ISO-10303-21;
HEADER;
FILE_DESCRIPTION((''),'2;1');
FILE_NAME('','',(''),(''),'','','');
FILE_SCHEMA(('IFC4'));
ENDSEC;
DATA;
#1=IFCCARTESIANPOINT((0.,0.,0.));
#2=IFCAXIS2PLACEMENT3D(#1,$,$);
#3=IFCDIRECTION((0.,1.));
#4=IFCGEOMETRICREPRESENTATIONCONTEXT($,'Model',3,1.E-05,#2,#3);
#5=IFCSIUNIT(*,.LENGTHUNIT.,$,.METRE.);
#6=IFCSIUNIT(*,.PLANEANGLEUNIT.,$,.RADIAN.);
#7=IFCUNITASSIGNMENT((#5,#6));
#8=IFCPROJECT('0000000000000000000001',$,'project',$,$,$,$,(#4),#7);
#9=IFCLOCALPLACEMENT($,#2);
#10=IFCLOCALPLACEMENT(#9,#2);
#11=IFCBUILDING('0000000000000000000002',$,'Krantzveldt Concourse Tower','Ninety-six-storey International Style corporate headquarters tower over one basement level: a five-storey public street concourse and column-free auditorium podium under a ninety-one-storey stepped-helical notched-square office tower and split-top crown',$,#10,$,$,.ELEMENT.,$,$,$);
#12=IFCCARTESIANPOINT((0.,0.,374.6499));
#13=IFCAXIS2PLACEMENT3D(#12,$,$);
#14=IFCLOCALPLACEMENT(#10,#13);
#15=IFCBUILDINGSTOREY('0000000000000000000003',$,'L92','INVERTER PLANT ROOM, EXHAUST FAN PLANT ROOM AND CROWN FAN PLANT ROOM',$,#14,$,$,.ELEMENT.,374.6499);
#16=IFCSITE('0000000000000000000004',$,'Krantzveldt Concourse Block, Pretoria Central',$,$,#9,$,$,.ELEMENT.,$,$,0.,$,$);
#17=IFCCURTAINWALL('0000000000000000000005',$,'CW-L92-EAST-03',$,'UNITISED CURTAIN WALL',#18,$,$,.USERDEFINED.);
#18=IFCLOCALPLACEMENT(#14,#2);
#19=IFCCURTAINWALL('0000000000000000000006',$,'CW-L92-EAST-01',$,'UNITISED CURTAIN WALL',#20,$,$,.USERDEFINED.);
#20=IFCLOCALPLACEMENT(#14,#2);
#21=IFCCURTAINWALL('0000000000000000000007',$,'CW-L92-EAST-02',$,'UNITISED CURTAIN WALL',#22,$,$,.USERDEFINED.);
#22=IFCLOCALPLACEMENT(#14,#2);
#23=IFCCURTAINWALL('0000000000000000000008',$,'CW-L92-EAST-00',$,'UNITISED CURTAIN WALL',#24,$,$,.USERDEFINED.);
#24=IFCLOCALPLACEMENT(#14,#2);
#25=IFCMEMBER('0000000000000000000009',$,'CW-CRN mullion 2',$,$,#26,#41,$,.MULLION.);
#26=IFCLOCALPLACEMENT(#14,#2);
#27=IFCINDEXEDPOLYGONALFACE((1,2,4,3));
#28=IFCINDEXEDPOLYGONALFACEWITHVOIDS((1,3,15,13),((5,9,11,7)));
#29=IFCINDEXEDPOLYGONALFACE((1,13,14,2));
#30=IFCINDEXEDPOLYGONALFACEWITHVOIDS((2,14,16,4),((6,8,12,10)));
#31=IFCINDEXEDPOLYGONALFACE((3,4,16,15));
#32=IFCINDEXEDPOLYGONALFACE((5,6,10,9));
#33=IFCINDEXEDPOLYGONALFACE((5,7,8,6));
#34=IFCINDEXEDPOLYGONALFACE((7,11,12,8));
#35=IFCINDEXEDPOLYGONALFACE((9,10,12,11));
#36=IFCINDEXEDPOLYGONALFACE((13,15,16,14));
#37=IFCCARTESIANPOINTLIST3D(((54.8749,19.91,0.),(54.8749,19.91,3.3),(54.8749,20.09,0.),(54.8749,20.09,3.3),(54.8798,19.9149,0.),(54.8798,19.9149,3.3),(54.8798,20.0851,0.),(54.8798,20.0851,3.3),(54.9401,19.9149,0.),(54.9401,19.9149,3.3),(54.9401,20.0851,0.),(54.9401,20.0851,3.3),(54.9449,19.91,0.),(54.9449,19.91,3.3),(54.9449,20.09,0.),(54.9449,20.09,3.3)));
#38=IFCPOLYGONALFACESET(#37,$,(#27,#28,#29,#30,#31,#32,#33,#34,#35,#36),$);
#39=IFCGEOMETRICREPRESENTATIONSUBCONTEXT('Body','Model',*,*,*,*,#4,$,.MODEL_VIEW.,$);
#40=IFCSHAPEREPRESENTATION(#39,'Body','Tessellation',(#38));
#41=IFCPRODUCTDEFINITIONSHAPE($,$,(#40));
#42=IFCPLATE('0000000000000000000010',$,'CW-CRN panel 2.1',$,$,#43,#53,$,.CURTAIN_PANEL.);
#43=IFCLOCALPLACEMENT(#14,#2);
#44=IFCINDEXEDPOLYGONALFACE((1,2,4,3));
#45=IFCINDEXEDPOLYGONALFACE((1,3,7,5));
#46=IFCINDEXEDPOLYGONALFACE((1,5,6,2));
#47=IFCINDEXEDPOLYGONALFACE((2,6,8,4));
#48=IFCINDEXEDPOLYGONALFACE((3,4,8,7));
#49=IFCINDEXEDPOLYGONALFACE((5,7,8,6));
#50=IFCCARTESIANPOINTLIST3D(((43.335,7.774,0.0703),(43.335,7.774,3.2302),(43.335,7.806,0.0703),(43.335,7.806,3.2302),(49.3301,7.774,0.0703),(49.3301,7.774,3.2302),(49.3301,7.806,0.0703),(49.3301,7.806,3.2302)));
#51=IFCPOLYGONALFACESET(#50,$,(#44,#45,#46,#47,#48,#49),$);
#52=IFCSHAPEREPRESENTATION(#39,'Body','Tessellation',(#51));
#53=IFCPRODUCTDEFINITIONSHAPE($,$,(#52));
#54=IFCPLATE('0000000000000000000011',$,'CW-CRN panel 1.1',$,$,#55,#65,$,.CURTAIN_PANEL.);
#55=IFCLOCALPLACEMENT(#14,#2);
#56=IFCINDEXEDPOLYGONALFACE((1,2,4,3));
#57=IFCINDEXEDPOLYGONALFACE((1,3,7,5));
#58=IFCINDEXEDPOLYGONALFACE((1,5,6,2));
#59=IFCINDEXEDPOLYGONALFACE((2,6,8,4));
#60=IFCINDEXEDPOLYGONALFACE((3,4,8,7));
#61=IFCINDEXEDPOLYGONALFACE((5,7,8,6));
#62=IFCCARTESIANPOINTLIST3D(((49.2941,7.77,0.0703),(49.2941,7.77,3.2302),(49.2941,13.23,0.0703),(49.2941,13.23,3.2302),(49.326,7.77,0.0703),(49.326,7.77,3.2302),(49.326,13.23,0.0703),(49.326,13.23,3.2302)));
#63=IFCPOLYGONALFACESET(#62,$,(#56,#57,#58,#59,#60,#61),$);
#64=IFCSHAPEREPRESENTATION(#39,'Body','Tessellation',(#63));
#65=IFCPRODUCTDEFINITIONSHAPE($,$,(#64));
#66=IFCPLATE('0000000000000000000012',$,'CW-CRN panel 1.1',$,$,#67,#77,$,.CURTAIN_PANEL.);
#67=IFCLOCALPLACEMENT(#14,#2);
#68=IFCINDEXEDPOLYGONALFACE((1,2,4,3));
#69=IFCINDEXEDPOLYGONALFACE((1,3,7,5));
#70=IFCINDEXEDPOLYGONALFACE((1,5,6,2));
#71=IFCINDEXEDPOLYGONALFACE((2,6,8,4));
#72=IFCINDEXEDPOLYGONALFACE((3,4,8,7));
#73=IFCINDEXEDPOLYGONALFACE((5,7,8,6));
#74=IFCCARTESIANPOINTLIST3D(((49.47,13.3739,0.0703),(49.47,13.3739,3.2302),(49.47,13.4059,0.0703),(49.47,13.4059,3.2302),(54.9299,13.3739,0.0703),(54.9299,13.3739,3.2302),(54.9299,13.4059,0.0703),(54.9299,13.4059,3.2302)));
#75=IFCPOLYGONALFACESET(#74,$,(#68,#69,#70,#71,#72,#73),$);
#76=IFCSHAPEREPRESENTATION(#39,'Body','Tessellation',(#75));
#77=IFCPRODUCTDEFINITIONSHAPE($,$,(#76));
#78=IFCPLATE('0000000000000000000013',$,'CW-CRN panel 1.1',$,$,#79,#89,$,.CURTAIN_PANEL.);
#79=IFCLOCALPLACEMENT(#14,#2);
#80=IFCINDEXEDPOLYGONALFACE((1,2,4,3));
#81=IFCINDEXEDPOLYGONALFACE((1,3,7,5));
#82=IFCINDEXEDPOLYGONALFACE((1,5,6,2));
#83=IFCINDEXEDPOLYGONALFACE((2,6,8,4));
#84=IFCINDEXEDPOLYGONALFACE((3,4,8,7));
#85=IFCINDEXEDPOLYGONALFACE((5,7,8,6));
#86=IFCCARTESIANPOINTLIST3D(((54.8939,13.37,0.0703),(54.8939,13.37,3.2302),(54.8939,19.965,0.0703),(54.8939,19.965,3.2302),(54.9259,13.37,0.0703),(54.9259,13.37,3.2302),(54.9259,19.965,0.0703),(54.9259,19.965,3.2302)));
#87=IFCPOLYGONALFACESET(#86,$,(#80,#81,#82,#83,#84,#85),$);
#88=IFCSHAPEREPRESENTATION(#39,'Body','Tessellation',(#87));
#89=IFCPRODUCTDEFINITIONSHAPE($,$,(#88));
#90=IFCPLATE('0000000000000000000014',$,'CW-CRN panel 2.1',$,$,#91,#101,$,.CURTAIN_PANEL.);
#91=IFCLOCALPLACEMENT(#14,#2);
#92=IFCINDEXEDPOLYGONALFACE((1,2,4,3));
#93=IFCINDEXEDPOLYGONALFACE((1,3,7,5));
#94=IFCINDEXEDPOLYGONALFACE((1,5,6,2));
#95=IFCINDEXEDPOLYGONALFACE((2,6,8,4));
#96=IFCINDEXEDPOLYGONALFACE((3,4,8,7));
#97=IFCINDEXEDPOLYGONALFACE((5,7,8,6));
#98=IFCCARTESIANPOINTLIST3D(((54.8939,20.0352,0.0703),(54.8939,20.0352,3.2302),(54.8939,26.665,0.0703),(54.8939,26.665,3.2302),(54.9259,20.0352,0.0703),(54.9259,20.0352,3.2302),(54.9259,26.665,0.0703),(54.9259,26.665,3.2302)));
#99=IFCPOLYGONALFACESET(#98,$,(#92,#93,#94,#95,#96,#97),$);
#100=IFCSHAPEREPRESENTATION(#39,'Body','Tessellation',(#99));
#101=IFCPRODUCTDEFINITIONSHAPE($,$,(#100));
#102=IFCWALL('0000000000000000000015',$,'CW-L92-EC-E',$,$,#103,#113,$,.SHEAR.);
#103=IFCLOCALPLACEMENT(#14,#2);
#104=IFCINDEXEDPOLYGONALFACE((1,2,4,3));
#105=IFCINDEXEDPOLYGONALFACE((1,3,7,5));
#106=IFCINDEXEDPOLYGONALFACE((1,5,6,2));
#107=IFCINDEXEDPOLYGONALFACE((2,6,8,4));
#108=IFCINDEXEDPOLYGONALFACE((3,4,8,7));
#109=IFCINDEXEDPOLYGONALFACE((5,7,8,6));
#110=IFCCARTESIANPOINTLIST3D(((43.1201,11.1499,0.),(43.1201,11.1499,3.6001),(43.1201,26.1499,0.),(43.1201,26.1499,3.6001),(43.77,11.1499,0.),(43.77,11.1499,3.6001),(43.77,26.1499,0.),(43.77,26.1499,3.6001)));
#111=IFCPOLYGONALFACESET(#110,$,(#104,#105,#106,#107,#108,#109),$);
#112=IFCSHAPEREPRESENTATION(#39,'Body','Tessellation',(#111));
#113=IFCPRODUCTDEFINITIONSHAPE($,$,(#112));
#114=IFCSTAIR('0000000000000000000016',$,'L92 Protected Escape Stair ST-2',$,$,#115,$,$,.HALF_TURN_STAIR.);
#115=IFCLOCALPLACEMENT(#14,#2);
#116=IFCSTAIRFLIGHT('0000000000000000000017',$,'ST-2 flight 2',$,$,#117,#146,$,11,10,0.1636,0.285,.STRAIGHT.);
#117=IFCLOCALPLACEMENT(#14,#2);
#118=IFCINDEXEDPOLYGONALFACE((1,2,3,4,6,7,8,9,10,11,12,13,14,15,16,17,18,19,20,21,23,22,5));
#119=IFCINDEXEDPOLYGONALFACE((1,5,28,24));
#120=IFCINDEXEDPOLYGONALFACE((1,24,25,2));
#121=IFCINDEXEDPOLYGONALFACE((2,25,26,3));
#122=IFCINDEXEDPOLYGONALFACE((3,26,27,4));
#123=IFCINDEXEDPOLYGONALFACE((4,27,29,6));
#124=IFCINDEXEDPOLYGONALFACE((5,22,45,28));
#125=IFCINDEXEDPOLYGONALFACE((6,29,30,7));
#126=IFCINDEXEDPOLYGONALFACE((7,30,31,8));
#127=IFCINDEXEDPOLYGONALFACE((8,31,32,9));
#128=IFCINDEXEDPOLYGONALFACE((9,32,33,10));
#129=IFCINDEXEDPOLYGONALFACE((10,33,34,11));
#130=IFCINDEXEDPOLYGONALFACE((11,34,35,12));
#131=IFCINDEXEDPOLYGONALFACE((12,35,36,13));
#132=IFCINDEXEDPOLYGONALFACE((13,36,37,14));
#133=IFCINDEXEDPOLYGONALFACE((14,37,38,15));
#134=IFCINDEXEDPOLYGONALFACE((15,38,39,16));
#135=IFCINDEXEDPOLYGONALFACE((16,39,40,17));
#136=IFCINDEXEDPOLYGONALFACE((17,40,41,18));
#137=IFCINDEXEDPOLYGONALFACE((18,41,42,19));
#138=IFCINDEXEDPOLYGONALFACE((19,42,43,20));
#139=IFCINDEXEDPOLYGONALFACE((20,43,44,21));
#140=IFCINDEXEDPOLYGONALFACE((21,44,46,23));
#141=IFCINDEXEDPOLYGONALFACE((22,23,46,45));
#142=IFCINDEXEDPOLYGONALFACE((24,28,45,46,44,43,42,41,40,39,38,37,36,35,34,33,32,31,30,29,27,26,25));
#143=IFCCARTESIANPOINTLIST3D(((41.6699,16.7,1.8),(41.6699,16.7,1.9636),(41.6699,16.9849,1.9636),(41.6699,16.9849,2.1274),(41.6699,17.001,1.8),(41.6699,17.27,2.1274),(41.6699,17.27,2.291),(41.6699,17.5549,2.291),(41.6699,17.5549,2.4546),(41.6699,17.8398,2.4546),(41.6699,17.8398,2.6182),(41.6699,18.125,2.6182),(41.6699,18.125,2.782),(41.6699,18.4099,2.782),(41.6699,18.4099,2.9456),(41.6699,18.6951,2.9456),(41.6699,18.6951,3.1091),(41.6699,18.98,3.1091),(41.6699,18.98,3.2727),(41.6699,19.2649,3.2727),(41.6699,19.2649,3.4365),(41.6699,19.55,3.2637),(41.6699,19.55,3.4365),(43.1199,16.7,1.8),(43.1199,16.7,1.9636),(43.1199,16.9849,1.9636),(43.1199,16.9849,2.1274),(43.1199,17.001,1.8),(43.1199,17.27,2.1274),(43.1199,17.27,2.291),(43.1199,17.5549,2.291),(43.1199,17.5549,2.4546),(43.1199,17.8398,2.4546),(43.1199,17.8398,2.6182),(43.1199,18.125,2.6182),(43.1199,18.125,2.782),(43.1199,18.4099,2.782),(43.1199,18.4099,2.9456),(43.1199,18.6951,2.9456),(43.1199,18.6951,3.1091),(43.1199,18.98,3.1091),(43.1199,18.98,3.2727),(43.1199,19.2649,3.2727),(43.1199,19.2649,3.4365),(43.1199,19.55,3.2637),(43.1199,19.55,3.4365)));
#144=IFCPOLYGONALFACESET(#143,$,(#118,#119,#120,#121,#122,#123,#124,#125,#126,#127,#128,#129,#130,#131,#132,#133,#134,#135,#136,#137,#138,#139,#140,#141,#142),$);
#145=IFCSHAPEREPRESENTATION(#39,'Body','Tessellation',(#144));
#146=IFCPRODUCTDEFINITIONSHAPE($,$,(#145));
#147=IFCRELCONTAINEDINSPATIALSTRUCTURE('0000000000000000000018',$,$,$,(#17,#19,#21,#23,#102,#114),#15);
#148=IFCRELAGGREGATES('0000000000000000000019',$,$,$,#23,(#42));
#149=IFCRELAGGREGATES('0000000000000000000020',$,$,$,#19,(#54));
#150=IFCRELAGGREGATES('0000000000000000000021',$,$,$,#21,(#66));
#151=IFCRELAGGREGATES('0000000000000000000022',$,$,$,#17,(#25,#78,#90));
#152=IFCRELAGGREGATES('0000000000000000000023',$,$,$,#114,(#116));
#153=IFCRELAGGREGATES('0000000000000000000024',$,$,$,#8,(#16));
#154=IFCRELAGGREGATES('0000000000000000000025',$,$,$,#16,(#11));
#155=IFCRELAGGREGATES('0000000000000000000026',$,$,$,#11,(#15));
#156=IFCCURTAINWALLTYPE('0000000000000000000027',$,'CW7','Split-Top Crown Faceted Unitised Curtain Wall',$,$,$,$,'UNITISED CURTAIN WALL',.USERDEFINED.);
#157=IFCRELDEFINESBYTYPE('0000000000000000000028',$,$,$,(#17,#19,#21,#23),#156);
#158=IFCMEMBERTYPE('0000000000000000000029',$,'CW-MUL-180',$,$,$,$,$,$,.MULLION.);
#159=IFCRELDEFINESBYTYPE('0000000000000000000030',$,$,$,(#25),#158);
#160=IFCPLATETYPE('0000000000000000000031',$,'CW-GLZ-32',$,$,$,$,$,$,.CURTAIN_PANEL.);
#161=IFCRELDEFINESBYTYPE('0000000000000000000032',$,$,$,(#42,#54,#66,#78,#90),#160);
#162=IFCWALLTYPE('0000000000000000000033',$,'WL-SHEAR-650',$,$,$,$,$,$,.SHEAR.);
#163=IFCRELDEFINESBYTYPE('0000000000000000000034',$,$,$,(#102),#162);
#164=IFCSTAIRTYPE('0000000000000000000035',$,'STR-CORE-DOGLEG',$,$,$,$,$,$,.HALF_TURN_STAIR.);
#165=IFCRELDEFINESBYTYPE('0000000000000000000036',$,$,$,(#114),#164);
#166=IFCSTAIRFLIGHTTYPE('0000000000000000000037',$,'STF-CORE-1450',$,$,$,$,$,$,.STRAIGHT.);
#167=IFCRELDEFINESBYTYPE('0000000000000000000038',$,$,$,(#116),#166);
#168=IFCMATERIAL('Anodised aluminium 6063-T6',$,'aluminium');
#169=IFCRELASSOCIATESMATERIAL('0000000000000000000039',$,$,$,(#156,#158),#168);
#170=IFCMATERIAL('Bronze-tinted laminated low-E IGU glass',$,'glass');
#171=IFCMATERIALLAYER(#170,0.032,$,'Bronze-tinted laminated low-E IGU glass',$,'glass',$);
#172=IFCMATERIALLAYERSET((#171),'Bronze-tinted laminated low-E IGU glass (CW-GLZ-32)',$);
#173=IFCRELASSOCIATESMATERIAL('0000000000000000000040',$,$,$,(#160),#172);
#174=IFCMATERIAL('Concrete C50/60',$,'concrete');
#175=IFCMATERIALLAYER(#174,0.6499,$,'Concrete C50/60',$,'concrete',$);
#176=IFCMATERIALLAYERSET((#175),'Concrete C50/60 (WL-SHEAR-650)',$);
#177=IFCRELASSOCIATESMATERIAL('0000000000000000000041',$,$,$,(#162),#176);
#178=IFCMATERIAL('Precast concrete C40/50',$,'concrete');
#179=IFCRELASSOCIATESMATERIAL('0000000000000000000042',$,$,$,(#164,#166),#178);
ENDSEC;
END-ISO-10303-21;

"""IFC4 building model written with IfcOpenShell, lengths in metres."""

from ifc_helpers import new_model, si_unit, direction, frame, frame_2d, origin, origin_2d, place, context, subcontext, project, spatial, polyline, rectangle, hollow_rectangle, outline, extrude, source, transform, mapped, material, layer, layer_set, material_profile, profile_set, type_object, type_shapes, element, aggregate, save


model = new_model("IFC4")

# Units and contexts
model_context = context("Model", 3, precision=1e-05, world=origin(), true_north=direction((0.0, 1.0)))
body_context = subcontext(model_context, "Body", "Model", "MODEL_VIEW")
ifc_project = project(units=[si_unit("LENGTHUNIT", "METRE"), si_unit("PLANEANGLEUNIT", "RADIAN")], contexts=[model_context])

# Site, building, storey
site_placement = place(None, origin())
site = spatial("IfcSite", under=ifc_project, at=site_placement, Name="Krantzveldt Concourse Block, Pretoria Central", CompositionType="ELEMENT", RefElevation=0.0)
building_placement = place(site_placement, origin())
building = spatial("IfcBuilding", under=site, at=building_placement, Name="Krantzveldt Concourse Tower", Description="Ninety-six-storey International Style corporate headquarters tower over one basement level: a five-storey public street concourse and column-free auditorium podium under a ninety-one-storey stepped-helical notched-square office tower and split-top crown", CompositionType="ELEMENT")
storey_placement = place(building_placement, frame((0.0, 0.0, 374.6499)))
storey = spatial("IfcBuildingStorey", under=building, at=storey_placement, Name="L92", Description="INVERTER PLANT ROOM, EXHAUST FAN PLANT ROOM AND CROWN FAN PLANT ROOM", CompositionType="ELEMENT", Elevation=374.6499)

# Shared definitions
ifc_material_1 = material(Name="Concrete C50/60", Category="concrete")

# Curtain walls
ifc_material_2 = material(Name="Anodised aluminium 6063-T6", Category="aluminium")
curtain_wall_type = type_object("IfcCurtainWallType", Name="CW7", Description="Split-Top Crown Faceted Unitised Curtain Wall", ElementType="UNITISED CURTAIN WALL", PredefinedType="USERDEFINED", material=ifc_material_2)
curtain_wall_1_placement = place(storey_placement, origin())
curtain_wall_1 = element("IfcCurtainWall", 1, at=curtain_wall_1_placement, inside=storey, type_object=curtain_wall_type, Name="CW-L92-EAST-03", ObjectType="UNITISED CURTAIN WALL", PredefinedType="USERDEFINED")
curtain_wall_2_placement = place(storey_placement, origin())
curtain_wall_2 = element("IfcCurtainWall", 2, at=curtain_wall_2_placement, inside=storey, type_object=curtain_wall_type, Name="CW-L92-EAST-01", ObjectType="UNITISED CURTAIN WALL", PredefinedType="USERDEFINED")
curtain_wall_3_placement = place(storey_placement, origin())
curtain_wall_3 = element("IfcCurtainWall", 3, at=curtain_wall_3_placement, inside=storey, type_object=curtain_wall_type, Name="CW-L92-EAST-02", ObjectType="UNITISED CURTAIN WALL", PredefinedType="USERDEFINED")
curtain_wall_4_placement = place(storey_placement, origin())
curtain_wall_4 = element("IfcCurtainWall", 4, at=curtain_wall_4_placement, inside=storey, type_object=curtain_wall_type, Name="CW-L92-EAST-00", ObjectType="UNITISED CURTAIN WALL", PredefinedType="USERDEFINED")
ifc_material_profile_1 = material_profile(ifc_material_2, hollow_rectangle(XDim=0.0701, YDim=0.1799, WallThickness=0.0049, at=origin_2d()), Name="Anodised aluminium 6063-T6", Category="aluminium")
ifc_profile_set_1 = profile_set([ifc_material_profile_1], Name="Anodised aluminium 6063-T6 - ALU-MULL 180x70x5")
member_type_1 = type_object("IfcMemberType", Name="CW-MUL-180", PredefinedType="MULLION", material=ifc_profile_set_1)
shared_shape_1 = source(origin(), body_context, "Body", "SweptSolid", [
    extrude(hollow_rectangle(XDim=0.0701, YDim=0.1799, WallThickness=0.0049, at=origin_2d()), origin(), (0.0, 0.0, 1.0), 3.3),
])
type_shapes(member_type_1, [shared_shape_1])

# Member
member_1_placement = place(storey_placement, frame((54.9099, 20.0, 0.0), z_axis=(0.0, 0.0, 1.0), x_axis=(-1.0, 0.0, 0.0)))
member_1 = element("IfcMember", 5, at=member_1_placement, type_object=member_type_1, Name="CW-CRN mullion 2", PredefinedType="MULLION", context=body_context, shape_type="MappedRepresentation", body=[
    mapped(shared_shape_1, transform((0.0, 0.0, 0.0), x_axis=(1.0, 0.0, 0.0), y_axis=(0.0, 1.0, 0.0), z_axis=(0.0, 0.0, 1.0), scale=1.0)),
])

# Plates
ifc_material_3 = material(Name="Bronze-tinted laminated low-E IGU glass", Category="glass")
ifc_layer_1 = layer(ifc_material_3, 0.032, Name="Bronze-tinted laminated low-E IGU glass", Category="glass")
ifc_layer_set_1 = layer_set([ifc_layer_1], Name="Bronze-tinted laminated low-E IGU glass (CW-GLZ-32)")
plate_type = type_object("IfcPlateType", Name="CW-GLZ-32", PredefinedType="CURTAIN_PANEL", material=ifc_layer_set_1)
shared_shape_2 = source(origin(), body_context, "Body", "SweptSolid", [
    extrude(rectangle(XDim=5.9951, YDim=0.032, at=origin_2d()), origin(), (0.0, 0.0, 1.0), 3.1599),
])
plate_1_placement = place(storey_placement, frame((46.3325, 7.79, 0.0703), z_axis=(0.0, 0.0, 1.0), x_axis=(1.0, 0.0, 0.0)))
plate_1 = element("IfcPlate", 6, at=plate_1_placement, type_object=plate_type, Name="CW-CRN panel 2.1", PredefinedType="CURTAIN_PANEL", context=body_context, shape_type="MappedRepresentation", body=[
    mapped(shared_shape_2, transform((0.0, 0.0, 0.0), x_axis=(1.0, 0.0, 0.0), y_axis=(0.0, 1.0, 0.0), z_axis=(0.0, 0.0, 1.0), scale=1.0)),
])
aggregate(curtain_wall_4, [plate_1])
shared_shape_3 = source(origin(), body_context, "Body", "SweptSolid", [
    extrude(rectangle(XDim=5.46, YDim=0.032, at=origin_2d()), origin(), (0.0, 0.0, 1.0), 3.1599),
])
plate_2_placement = place(storey_placement, frame((49.3101, 10.5, 0.0703), z_axis=(0.0, 0.0, 1.0), x_axis=(0.0, 1.0, 0.0)))
plate_2 = element("IfcPlate", 7, at=plate_2_placement, type_object=plate_type, Name="CW-CRN panel 1.1", PredefinedType="CURTAIN_PANEL", context=body_context, shape_type="MappedRepresentation", body=[
    mapped(shared_shape_3, transform((0.0, 0.0, 0.0), x_axis=(1.0, 0.0, 0.0), y_axis=(0.0, 1.0, 0.0), z_axis=(0.0, 0.0, 1.0), scale=1.0)),
])
aggregate(curtain_wall_2, [plate_2])
plate_3_placement = place(storey_placement, frame((52.2, 13.3899, 0.0703), z_axis=(0.0, 0.0, 1.0), x_axis=(1.0, 0.0, 0.0)))
plate_3 = element("IfcPlate", 8, at=plate_3_placement, type_object=plate_type, Name="CW-CRN panel 1.1", PredefinedType="CURTAIN_PANEL", context=body_context, shape_type="MappedRepresentation", body=[
    mapped(shared_shape_3, transform((0.0, 0.0, 0.0), x_axis=(1.0, 0.0, 0.0), y_axis=(0.0, 1.0, 0.0), z_axis=(0.0, 0.0, 1.0), scale=1.0)),
])
aggregate(curtain_wall_3, [plate_3])
shared_shape_4 = source(origin(), body_context, "Body", "SweptSolid", [
    extrude(rectangle(XDim=6.595, YDim=0.032, at=origin_2d()), origin(), (0.0, 0.0, 1.0), 3.1599),
])
plate_4_placement = place(storey_placement, frame((54.9099, 16.6675, 0.0703), z_axis=(0.0, 0.0, 1.0), x_axis=(0.0, 1.0, 0.0)))
plate_4 = element("IfcPlate", 9, at=plate_4_placement, type_object=plate_type, Name="CW-CRN panel 1.1", PredefinedType="CURTAIN_PANEL", context=body_context, shape_type="MappedRepresentation", body=[
    mapped(shared_shape_4, transform((0.0, 0.0, 0.0), x_axis=(1.0, 0.0, 0.0), y_axis=(0.0, 1.0, 0.0), z_axis=(0.0, 0.0, 1.0), scale=1.0)),
])
shared_shape_5 = source(origin(), body_context, "Body", "SweptSolid", [
    extrude(rectangle(XDim=6.6299, YDim=0.032, at=origin_2d()), origin(), (0.0, 0.0, 1.0), 3.1599),
])
type_shapes(plate_type, [shared_shape_2, shared_shape_3, shared_shape_4, shared_shape_5])
plate_5_placement = place(storey_placement, frame((54.9099, 23.3501, 0.0703), z_axis=(0.0, 0.0, 1.0), x_axis=(0.0, 1.0, 0.0)))
plate_5 = element("IfcPlate", 10, at=plate_5_placement, type_object=plate_type, Name="CW-CRN panel 2.1", PredefinedType="CURTAIN_PANEL", context=body_context, shape_type="MappedRepresentation", body=[
    mapped(shared_shape_5, transform((0.0, 0.0, 0.0), x_axis=(1.0, 0.0, 0.0), y_axis=(0.0, 1.0, 0.0), z_axis=(0.0, 0.0, 1.0), scale=1.0)),
])
aggregate(curtain_wall_1, [member_1, plate_4, plate_5])

# Wall
ifc_layer_2 = layer(ifc_material_1, 0.6499, Name="Concrete C50/60", Category="concrete")
ifc_layer_set_2 = layer_set([ifc_layer_2], Name="Concrete C50/60 (WL-SHEAR-650)")
wall_type = type_object("IfcWallType", Name="WL-SHEAR-650", PredefinedType="SHEAR", material=ifc_layer_set_2)
wall_placement = place(storey_placement, frame((43.4451, 11.1499, 0.0), z_axis=(0.0, 0.0, 1.0), x_axis=(0.0, 1.0, 0.0)))
element("IfcWall", 11, at=wall_placement, inside=storey, type_object=wall_type, Name="CW-L92-EC-E", PredefinedType="SHEAR", context=body_context, shape_type="SweptSolid", body=[
    extrude(rectangle(XDim=15.0, YDim=0.6499, at=frame_2d((7.5, 0.0))), origin(), (0.0, 0.0, 1.0), 3.6001),
])

# Stair, stair flight
ifc_material_4 = material(Name="Precast concrete C40/50", Category="concrete")
stair_type = type_object("IfcStairType", Name="STR-CORE-DOGLEG", PredefinedType="HALF_TURN_STAIR", material=ifc_material_4)
stair_placement = place(storey_placement, origin())
stair = element("IfcStair", 12, at=stair_placement, inside=storey, type_object=stair_type, Name="L92 Protected Escape Stair ST-2", PredefinedType="HALF_TURN_STAIR")
stair_flight_type = type_object("IfcStairFlightType", Name="STF-CORE-1450", PredefinedType="STRAIGHT", material=ifc_material_4)
stair_flight_placement = place(storey_placement, frame((42.395, 16.7, 1.8), z_axis=(0.0, 0.0, 1.0), x_axis=(0.0, 1.0, 0.0)))
stair_flight = element("IfcStairFlight", 13, at=stair_flight_placement, type_object=stair_flight_type, Name="ST-2 flight 2", NumberOfRisers=11, NumberOfTreads=10, PredefinedType="STRAIGHT", RiserHeight=0.1636, TreadLength=0.285, context=body_context, shape_type="SweptSolid", body=[
    extrude(outline(polyline([(0.0, 0.0), (0.0, 0.1636), (0.2849, 0.1636), (0.2849, 0.3274), (0.5701, 0.3274), (0.5701, 0.491), (0.855, 0.491), (0.855, 0.6545), (1.1399, 0.6545), (1.1399, 0.8181), (1.425, 0.8181), (1.425, 0.9819), (1.71, 0.9819), (1.71, 1.1455), (1.9951, 1.1455), (1.9951, 1.3091), (2.28, 1.3091), (2.28, 1.4727), (2.5649, 1.4727), (2.5649, 1.6365), (2.8501, 1.6365), (2.8501, 1.8), (2.8501, 1.4636), (0.301, 0.0), (0.0, 0.0)])), frame((0.0, 0.7251, 0.0), z_axis=(0.0, -1.0, 0.0), x_axis=(1.0, 0.0, 0.0)), (0.0, 0.0, 1.0), 1.45),
])
aggregate(stair, [stair_flight])

save(model, "model.ifc")
